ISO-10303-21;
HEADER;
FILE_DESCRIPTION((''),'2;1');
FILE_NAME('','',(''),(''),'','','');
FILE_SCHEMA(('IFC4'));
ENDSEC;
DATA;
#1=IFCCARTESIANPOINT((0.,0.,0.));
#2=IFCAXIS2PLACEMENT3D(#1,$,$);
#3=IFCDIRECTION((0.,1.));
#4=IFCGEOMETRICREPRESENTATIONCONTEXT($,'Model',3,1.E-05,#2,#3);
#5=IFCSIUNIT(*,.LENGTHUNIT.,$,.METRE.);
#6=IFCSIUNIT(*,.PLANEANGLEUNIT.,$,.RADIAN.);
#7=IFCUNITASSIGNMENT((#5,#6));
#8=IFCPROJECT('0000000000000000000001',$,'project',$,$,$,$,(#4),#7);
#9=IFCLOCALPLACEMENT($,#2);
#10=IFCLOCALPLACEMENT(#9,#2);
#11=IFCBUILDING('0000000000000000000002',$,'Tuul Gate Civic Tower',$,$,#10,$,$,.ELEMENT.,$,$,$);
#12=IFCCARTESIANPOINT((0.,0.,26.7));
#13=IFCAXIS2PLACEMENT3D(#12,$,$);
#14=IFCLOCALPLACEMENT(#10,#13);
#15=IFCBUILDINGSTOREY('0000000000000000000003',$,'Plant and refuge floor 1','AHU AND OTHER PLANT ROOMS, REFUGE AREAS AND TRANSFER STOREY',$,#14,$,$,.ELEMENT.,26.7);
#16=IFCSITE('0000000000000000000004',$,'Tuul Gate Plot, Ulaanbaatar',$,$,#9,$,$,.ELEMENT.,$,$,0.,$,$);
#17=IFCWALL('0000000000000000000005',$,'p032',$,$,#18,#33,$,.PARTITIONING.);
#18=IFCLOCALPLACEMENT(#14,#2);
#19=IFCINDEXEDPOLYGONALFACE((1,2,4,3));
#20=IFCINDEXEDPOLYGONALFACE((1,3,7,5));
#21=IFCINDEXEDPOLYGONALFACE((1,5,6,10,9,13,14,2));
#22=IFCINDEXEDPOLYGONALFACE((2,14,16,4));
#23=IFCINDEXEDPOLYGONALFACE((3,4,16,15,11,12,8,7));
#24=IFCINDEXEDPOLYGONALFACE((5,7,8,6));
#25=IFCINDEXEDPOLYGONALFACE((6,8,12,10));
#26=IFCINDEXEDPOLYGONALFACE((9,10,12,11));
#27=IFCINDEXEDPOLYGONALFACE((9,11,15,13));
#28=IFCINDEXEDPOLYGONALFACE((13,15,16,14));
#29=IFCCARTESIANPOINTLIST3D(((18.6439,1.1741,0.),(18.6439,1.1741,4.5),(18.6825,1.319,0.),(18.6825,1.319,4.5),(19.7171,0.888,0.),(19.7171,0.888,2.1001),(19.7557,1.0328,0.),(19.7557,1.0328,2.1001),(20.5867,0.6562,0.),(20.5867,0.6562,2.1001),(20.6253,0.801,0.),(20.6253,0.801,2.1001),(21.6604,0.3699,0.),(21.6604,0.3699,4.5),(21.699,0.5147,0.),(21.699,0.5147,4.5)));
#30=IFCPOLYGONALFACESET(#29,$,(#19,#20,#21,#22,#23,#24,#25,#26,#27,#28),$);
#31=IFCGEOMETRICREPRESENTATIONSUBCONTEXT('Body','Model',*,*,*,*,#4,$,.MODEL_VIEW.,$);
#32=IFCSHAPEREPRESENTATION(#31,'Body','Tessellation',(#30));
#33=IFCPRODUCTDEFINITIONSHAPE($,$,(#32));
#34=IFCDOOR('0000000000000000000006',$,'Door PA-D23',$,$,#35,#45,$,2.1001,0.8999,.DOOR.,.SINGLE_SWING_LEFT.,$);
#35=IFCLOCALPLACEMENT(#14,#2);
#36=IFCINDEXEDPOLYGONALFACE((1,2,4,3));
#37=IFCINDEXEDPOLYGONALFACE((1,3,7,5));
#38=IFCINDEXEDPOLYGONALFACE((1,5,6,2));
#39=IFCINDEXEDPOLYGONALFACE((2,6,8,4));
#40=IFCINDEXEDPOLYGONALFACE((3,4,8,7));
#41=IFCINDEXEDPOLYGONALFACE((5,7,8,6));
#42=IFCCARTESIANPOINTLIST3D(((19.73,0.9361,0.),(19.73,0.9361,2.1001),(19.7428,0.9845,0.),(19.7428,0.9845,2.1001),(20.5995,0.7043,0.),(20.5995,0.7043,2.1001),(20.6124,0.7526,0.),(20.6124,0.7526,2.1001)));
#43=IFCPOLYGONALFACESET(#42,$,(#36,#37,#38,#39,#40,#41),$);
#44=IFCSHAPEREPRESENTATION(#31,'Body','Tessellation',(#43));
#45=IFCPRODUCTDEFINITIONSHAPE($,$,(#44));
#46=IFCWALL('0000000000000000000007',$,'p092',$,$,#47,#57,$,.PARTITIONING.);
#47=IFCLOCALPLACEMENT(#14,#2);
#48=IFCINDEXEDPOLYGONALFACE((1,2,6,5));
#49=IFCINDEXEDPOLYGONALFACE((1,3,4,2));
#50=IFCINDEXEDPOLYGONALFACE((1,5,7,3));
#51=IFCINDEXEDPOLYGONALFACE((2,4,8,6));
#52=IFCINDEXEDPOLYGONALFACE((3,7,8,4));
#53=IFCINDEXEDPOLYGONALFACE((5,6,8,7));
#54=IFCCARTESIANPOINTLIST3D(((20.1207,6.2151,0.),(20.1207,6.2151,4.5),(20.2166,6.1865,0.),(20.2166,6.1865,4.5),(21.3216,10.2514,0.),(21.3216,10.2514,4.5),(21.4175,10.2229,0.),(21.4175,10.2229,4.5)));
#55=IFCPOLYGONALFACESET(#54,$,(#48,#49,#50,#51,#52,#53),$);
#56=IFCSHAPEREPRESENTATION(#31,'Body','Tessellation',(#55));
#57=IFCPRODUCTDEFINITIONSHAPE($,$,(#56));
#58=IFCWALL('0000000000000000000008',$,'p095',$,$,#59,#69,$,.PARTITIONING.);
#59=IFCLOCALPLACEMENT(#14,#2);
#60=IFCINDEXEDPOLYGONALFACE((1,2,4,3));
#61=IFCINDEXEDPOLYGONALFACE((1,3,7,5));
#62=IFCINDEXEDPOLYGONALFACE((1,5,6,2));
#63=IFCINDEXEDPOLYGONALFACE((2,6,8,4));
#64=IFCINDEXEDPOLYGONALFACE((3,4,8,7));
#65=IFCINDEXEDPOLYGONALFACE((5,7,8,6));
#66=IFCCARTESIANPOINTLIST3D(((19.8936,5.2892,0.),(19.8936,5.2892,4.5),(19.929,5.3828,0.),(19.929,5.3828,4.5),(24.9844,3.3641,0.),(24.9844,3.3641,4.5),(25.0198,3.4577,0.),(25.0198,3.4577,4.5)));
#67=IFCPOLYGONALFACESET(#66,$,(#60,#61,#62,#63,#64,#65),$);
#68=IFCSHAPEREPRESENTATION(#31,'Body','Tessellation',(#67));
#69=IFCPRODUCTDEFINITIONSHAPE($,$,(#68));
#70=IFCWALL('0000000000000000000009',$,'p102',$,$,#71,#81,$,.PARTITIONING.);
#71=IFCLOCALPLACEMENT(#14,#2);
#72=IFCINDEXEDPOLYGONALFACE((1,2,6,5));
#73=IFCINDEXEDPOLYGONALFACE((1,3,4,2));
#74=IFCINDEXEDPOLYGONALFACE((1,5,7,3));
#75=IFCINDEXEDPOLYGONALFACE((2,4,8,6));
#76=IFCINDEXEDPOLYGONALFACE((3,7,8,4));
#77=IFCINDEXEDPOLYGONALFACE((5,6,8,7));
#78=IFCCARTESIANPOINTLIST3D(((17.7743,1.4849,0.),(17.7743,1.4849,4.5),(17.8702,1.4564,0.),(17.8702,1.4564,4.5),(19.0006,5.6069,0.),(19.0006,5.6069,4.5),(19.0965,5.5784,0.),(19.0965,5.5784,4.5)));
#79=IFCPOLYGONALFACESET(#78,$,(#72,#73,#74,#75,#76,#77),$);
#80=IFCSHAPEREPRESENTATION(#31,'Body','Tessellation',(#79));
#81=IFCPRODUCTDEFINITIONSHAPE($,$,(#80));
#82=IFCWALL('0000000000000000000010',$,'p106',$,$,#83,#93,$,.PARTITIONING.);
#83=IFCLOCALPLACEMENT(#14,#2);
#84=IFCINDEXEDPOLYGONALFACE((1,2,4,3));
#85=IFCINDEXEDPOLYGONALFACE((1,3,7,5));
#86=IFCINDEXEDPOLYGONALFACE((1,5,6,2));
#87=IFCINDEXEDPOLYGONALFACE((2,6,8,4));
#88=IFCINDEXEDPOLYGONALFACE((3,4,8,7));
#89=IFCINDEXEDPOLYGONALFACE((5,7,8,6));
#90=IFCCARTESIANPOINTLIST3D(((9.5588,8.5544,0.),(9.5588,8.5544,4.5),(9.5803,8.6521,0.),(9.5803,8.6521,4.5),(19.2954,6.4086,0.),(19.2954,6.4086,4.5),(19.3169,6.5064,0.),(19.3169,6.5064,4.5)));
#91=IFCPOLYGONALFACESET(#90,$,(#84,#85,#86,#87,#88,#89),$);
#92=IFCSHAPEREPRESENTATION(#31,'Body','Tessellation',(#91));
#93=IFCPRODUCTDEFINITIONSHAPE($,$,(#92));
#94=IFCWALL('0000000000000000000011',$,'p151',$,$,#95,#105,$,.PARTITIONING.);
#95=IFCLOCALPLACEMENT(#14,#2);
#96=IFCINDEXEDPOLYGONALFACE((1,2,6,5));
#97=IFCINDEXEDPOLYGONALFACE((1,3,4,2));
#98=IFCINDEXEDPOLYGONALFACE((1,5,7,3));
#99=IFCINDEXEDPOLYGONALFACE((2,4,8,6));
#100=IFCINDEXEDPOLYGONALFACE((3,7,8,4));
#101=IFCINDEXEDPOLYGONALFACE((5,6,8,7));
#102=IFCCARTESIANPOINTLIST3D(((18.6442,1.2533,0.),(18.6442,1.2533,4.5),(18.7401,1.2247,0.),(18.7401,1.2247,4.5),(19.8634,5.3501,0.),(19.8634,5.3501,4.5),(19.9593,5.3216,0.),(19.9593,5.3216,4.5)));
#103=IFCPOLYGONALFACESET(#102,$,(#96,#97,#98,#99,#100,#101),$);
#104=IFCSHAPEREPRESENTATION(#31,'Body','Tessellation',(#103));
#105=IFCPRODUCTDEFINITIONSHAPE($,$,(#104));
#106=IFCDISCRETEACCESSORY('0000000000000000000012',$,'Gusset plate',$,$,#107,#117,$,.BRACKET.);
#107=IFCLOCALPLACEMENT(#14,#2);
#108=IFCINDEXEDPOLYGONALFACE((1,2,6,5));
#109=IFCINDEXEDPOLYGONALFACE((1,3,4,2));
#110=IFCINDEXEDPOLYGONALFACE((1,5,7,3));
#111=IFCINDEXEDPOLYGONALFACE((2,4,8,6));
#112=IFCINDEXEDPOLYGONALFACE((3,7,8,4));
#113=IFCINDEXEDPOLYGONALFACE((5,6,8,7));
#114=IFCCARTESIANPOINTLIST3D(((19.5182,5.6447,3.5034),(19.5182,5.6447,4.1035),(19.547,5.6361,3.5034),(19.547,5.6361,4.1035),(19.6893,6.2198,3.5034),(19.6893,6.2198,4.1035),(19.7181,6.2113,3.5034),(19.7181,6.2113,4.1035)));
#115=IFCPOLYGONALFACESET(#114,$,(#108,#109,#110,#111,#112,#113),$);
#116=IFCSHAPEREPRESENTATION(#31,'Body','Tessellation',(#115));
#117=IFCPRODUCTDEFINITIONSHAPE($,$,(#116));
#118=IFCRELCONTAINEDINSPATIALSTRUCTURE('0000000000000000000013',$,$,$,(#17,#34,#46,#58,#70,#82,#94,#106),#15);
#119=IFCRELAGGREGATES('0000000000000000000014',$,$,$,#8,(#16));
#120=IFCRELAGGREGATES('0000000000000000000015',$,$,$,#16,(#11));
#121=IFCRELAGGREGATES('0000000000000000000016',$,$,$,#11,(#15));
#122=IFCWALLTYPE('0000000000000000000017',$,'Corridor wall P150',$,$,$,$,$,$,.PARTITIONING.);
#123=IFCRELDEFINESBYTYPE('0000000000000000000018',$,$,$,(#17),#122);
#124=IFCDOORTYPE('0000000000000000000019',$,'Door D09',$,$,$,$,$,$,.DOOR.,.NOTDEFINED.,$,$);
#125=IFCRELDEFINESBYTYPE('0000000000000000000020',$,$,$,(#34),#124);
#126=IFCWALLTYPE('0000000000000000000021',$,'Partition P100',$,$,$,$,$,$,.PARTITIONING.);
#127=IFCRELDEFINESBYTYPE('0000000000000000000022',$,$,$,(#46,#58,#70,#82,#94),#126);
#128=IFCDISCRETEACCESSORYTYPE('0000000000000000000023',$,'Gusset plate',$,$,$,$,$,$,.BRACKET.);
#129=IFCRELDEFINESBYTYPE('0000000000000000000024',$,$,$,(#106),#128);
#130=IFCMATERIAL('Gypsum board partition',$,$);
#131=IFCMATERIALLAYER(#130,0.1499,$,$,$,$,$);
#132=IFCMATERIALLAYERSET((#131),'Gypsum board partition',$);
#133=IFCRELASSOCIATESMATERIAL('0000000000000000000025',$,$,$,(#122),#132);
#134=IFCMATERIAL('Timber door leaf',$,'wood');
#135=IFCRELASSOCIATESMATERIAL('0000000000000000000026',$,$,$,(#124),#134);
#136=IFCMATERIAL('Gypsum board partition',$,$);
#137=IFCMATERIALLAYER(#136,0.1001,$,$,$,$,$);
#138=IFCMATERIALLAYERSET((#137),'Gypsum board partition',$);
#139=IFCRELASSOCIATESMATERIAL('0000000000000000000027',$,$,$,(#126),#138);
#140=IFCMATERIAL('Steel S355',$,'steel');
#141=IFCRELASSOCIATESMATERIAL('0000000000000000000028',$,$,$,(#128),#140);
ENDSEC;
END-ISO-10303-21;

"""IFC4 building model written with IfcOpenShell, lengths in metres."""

from ifc_helpers import new_model, si_unit, direction, frame, frame_2d, origin, origin_2d, place, context, subcontext, project, spatial, rectangle, extrude, material, layer, layer_set, type_object, element, fill, save


model = new_model("IFC4")

# Units and contexts
model_context = context("Model", 3, precision=1e-05, world=origin(), true_north=direction((0.0, 1.0)))
body_context = subcontext(model_context, "Body", "Model", "MODEL_VIEW")
ifc_project = project(units=[si_unit("LENGTHUNIT", "METRE"), si_unit("PLANEANGLEUNIT", "RADIAN")], contexts=[model_context])

# Site, building, storey
site_placement = place(None, origin())
site = spatial("IfcSite", under=ifc_project, at=site_placement, Name="Tuul Gate Plot, Ulaanbaatar", CompositionType="ELEMENT", RefElevation=0.0)
building_placement = place(site_placement, origin())
building = spatial("IfcBuilding", under=site, at=building_placement, Name="Tuul Gate Civic Tower", CompositionType="ELEMENT")
storey_placement = place(building_placement, frame((0.0, 0.0, 26.7)))
storey = spatial("IfcBuildingStorey", under=building, at=storey_placement, Name="Plant and refuge floor 1", Description="AHU AND OTHER PLANT ROOMS, REFUGE AREAS AND TRANSFER STOREY", CompositionType="ELEMENT", Elevation=26.7)

# Shared definitions
ifc_material_1 = material(Name="Gypsum board partition")
ifc_layer_1 = layer(ifc_material_1, 0.1499)
ifc_layer_set_1 = layer_set([ifc_layer_1], Name="Gypsum board partition")
wall_type_1 = type_object("IfcWallType", Name="Corridor wall P150", PredefinedType="PARTITIONING", material=ifc_layer_set_1)

# Wall, opening, door
wall_1_placement = place(storey_placement, frame((18.6631, 1.2466, 0.0), z_axis=(0.0, 0.0, 1.0), x_axis=(0.966248, -0.257614, 0.0)))
wall_1 = element("IfcWall", 1, at=wall_1_placement, inside=storey, type_object=wall_type_1, Name="p032", PredefinedType="PARTITIONING", context=body_context, shape_type="SweptSolid", body=[
    extrude(rectangle(XDim=3.1218, YDim=0.1499, at=frame_2d((1.561, 0.0))), origin(), (0.0, 0.0, 1.0), 4.5),
])
opening_placement = place(wall_1_placement, frame((1.1108, 0.0, 0.0)))
opening = element("IfcOpeningElement", 2, at=opening_placement, cuts=wall_1, PredefinedType="OPENING", context=body_context, shape_type="SweptSolid", body=[
    extrude(rectangle(XDim=0.8999, YDim=2.1001, at=frame_2d((0.45, 1.05))), frame((0.0, 0.085, 0.0), z_axis=(0.0, -1.0, 0.0), x_axis=(1.0, 0.0, 0.0)), (0.0, 0.0, 1.0), 0.1699),
])
ifc_material_2 = material(Name="Timber door leaf", Category="wood")
door_type = type_object("IfcDoorType", Name="Door D09", OperationType="NOTDEFINED", PredefinedType="DOOR", material=ifc_material_2)
door_placement = place(opening_placement, origin())
door = element("IfcDoor", 3, at=door_placement, inside=storey, type_object=door_type, Name="Door PA-D23", OperationType="SINGLE_SWING_LEFT", OverallHeight=2.1001, OverallWidth=0.8999, PredefinedType="DOOR", context=body_context, shape_type="SweptSolid", body=[
    extrude(rectangle(XDim=0.8999, YDim=2.1001, at=frame_2d((0.45, 1.05))), frame((0.0, 0.0249, 0.0), z_axis=(0.0, -1.0, 0.0), x_axis=(1.0, 0.0, 0.0)), (0.0, 0.0, 1.0), 0.05),
])
fill(opening, door)

# Walls
ifc_material_3 = material(Name="Gypsum board partition")
ifc_layer_2 = layer(ifc_material_3, 0.1001)
ifc_layer_set_2 = layer_set([ifc_layer_2], Name="Gypsum board partition")
wall_type_2 = type_object("IfcWallType", Name="Partition P100", PredefinedType="PARTITIONING", material=ifc_layer_set_2)
wall_2_placement = place(storey_placement, frame((20.1687, 6.2009, 0.0), z_axis=(0.0, 0.0, 1.0), x_axis=(0.285172, 0.958476, 0.0)))
element("IfcWall", 4, at=wall_2_placement, inside=storey, type_object=wall_type_2, Name="p092", PredefinedType="PARTITIONING", context=body_context, shape_type="SweptSolid", body=[
    extrude(rectangle(XDim=4.2112, YDim=0.1001, at=frame_2d((2.1055, 0.0))), origin(), (0.0, 0.0, 1.0), 4.5),
])
wall_3_placement = place(storey_placement, frame((19.9114, 5.3359, 0.0), z_axis=(0.0, 0.0, 1.0), x_axis=(0.93536, -0.353698, 0.0)))
element("IfcWall", 5, at=wall_3_placement, inside=storey, type_object=wall_type_2, Name="p095", PredefinedType="PARTITIONING", context=body_context, shape_type="SweptSolid", body=[
    extrude(rectangle(XDim=5.4426, YDim=0.1001, at=frame_2d((2.7212, 0.0))), origin(), (0.0, 0.0, 1.0), 4.5),
])
wall_4_placement = place(storey_placement, frame((19.0486, 5.5928, 0.0), z_axis=(0.0, 0.0, 1.0), x_axis=(-0.285149, -0.958483, 0.0)))
element("IfcWall", 6, at=wall_4_placement, inside=storey, type_object=wall_type_2, Name="p102", PredefinedType="PARTITIONING", context=body_context, shape_type="SweptSolid", body=[
    extrude(rectangle(XDim=4.3005, YDim=0.1001, at=frame_2d((2.1504, 0.0))), origin(), (0.0, 0.0, 1.0), 4.5),
])
wall_5_placement = place(storey_placement, frame((19.3062, 6.4575, 0.0), z_axis=(0.0, 0.0, 1.0), x_axis=(-0.976566, 0.215216, 0.0)))
element("IfcWall", 7, at=wall_5_placement, inside=storey, type_object=wall_type_2, Name="p106", PredefinedType="PARTITIONING", context=body_context, shape_type="SweptSolid", body=[
    extrude(rectangle(XDim=9.9702, YDim=0.1001, at=frame_2d((4.9851, 0.0))), origin(), (0.0, 0.0, 1.0), 4.5),
])
wall_6_placement = place(storey_placement, frame((18.6921, 1.239, 0.0), z_axis=(0.0, 0.0, 1.0), x_axis=(0.285235, 0.958457, 0.0)))
element("IfcWall", 8, at=wall_6_placement, inside=storey, type_object=wall_type_2, Name="p151", PredefinedType="PARTITIONING", context=body_context, shape_type="SweptSolid", body=[
    extrude(rectangle(XDim=4.2744, YDim=0.1001, at=frame_2d((2.1372, 0.0))), origin(), (0.0, 0.0, 1.0), 4.5),
])

# Discrete accessory
ifc_material_4 = material(Name="Steel S355", Category="steel")
discrete_accessory_type = type_object("IfcDiscreteAccessoryType", Name="Gusset plate", PredefinedType="BRACKET", material=ifc_material_4)
discrete_accessory_placement = place(storey_placement, frame((19.6182, 5.928, 3.5034), z_axis=(0.0, 0.0, 1.0), x_axis=(0.285196, 0.958469, 0.0)))
element("IfcDiscreteAccessory", 9, at=discrete_accessory_placement, inside=storey, type_object=discrete_accessory_type, Name="Gusset plate", PredefinedType="BRACKET", context=body_context, shape_type="SweptSolid", body=[
    extrude(rectangle(XDim=0.6001, YDim=0.03, at=origin_2d()), origin(), (0.0, 0.0, 1.0), 0.6001),
])

save(model, "model.ifc")
